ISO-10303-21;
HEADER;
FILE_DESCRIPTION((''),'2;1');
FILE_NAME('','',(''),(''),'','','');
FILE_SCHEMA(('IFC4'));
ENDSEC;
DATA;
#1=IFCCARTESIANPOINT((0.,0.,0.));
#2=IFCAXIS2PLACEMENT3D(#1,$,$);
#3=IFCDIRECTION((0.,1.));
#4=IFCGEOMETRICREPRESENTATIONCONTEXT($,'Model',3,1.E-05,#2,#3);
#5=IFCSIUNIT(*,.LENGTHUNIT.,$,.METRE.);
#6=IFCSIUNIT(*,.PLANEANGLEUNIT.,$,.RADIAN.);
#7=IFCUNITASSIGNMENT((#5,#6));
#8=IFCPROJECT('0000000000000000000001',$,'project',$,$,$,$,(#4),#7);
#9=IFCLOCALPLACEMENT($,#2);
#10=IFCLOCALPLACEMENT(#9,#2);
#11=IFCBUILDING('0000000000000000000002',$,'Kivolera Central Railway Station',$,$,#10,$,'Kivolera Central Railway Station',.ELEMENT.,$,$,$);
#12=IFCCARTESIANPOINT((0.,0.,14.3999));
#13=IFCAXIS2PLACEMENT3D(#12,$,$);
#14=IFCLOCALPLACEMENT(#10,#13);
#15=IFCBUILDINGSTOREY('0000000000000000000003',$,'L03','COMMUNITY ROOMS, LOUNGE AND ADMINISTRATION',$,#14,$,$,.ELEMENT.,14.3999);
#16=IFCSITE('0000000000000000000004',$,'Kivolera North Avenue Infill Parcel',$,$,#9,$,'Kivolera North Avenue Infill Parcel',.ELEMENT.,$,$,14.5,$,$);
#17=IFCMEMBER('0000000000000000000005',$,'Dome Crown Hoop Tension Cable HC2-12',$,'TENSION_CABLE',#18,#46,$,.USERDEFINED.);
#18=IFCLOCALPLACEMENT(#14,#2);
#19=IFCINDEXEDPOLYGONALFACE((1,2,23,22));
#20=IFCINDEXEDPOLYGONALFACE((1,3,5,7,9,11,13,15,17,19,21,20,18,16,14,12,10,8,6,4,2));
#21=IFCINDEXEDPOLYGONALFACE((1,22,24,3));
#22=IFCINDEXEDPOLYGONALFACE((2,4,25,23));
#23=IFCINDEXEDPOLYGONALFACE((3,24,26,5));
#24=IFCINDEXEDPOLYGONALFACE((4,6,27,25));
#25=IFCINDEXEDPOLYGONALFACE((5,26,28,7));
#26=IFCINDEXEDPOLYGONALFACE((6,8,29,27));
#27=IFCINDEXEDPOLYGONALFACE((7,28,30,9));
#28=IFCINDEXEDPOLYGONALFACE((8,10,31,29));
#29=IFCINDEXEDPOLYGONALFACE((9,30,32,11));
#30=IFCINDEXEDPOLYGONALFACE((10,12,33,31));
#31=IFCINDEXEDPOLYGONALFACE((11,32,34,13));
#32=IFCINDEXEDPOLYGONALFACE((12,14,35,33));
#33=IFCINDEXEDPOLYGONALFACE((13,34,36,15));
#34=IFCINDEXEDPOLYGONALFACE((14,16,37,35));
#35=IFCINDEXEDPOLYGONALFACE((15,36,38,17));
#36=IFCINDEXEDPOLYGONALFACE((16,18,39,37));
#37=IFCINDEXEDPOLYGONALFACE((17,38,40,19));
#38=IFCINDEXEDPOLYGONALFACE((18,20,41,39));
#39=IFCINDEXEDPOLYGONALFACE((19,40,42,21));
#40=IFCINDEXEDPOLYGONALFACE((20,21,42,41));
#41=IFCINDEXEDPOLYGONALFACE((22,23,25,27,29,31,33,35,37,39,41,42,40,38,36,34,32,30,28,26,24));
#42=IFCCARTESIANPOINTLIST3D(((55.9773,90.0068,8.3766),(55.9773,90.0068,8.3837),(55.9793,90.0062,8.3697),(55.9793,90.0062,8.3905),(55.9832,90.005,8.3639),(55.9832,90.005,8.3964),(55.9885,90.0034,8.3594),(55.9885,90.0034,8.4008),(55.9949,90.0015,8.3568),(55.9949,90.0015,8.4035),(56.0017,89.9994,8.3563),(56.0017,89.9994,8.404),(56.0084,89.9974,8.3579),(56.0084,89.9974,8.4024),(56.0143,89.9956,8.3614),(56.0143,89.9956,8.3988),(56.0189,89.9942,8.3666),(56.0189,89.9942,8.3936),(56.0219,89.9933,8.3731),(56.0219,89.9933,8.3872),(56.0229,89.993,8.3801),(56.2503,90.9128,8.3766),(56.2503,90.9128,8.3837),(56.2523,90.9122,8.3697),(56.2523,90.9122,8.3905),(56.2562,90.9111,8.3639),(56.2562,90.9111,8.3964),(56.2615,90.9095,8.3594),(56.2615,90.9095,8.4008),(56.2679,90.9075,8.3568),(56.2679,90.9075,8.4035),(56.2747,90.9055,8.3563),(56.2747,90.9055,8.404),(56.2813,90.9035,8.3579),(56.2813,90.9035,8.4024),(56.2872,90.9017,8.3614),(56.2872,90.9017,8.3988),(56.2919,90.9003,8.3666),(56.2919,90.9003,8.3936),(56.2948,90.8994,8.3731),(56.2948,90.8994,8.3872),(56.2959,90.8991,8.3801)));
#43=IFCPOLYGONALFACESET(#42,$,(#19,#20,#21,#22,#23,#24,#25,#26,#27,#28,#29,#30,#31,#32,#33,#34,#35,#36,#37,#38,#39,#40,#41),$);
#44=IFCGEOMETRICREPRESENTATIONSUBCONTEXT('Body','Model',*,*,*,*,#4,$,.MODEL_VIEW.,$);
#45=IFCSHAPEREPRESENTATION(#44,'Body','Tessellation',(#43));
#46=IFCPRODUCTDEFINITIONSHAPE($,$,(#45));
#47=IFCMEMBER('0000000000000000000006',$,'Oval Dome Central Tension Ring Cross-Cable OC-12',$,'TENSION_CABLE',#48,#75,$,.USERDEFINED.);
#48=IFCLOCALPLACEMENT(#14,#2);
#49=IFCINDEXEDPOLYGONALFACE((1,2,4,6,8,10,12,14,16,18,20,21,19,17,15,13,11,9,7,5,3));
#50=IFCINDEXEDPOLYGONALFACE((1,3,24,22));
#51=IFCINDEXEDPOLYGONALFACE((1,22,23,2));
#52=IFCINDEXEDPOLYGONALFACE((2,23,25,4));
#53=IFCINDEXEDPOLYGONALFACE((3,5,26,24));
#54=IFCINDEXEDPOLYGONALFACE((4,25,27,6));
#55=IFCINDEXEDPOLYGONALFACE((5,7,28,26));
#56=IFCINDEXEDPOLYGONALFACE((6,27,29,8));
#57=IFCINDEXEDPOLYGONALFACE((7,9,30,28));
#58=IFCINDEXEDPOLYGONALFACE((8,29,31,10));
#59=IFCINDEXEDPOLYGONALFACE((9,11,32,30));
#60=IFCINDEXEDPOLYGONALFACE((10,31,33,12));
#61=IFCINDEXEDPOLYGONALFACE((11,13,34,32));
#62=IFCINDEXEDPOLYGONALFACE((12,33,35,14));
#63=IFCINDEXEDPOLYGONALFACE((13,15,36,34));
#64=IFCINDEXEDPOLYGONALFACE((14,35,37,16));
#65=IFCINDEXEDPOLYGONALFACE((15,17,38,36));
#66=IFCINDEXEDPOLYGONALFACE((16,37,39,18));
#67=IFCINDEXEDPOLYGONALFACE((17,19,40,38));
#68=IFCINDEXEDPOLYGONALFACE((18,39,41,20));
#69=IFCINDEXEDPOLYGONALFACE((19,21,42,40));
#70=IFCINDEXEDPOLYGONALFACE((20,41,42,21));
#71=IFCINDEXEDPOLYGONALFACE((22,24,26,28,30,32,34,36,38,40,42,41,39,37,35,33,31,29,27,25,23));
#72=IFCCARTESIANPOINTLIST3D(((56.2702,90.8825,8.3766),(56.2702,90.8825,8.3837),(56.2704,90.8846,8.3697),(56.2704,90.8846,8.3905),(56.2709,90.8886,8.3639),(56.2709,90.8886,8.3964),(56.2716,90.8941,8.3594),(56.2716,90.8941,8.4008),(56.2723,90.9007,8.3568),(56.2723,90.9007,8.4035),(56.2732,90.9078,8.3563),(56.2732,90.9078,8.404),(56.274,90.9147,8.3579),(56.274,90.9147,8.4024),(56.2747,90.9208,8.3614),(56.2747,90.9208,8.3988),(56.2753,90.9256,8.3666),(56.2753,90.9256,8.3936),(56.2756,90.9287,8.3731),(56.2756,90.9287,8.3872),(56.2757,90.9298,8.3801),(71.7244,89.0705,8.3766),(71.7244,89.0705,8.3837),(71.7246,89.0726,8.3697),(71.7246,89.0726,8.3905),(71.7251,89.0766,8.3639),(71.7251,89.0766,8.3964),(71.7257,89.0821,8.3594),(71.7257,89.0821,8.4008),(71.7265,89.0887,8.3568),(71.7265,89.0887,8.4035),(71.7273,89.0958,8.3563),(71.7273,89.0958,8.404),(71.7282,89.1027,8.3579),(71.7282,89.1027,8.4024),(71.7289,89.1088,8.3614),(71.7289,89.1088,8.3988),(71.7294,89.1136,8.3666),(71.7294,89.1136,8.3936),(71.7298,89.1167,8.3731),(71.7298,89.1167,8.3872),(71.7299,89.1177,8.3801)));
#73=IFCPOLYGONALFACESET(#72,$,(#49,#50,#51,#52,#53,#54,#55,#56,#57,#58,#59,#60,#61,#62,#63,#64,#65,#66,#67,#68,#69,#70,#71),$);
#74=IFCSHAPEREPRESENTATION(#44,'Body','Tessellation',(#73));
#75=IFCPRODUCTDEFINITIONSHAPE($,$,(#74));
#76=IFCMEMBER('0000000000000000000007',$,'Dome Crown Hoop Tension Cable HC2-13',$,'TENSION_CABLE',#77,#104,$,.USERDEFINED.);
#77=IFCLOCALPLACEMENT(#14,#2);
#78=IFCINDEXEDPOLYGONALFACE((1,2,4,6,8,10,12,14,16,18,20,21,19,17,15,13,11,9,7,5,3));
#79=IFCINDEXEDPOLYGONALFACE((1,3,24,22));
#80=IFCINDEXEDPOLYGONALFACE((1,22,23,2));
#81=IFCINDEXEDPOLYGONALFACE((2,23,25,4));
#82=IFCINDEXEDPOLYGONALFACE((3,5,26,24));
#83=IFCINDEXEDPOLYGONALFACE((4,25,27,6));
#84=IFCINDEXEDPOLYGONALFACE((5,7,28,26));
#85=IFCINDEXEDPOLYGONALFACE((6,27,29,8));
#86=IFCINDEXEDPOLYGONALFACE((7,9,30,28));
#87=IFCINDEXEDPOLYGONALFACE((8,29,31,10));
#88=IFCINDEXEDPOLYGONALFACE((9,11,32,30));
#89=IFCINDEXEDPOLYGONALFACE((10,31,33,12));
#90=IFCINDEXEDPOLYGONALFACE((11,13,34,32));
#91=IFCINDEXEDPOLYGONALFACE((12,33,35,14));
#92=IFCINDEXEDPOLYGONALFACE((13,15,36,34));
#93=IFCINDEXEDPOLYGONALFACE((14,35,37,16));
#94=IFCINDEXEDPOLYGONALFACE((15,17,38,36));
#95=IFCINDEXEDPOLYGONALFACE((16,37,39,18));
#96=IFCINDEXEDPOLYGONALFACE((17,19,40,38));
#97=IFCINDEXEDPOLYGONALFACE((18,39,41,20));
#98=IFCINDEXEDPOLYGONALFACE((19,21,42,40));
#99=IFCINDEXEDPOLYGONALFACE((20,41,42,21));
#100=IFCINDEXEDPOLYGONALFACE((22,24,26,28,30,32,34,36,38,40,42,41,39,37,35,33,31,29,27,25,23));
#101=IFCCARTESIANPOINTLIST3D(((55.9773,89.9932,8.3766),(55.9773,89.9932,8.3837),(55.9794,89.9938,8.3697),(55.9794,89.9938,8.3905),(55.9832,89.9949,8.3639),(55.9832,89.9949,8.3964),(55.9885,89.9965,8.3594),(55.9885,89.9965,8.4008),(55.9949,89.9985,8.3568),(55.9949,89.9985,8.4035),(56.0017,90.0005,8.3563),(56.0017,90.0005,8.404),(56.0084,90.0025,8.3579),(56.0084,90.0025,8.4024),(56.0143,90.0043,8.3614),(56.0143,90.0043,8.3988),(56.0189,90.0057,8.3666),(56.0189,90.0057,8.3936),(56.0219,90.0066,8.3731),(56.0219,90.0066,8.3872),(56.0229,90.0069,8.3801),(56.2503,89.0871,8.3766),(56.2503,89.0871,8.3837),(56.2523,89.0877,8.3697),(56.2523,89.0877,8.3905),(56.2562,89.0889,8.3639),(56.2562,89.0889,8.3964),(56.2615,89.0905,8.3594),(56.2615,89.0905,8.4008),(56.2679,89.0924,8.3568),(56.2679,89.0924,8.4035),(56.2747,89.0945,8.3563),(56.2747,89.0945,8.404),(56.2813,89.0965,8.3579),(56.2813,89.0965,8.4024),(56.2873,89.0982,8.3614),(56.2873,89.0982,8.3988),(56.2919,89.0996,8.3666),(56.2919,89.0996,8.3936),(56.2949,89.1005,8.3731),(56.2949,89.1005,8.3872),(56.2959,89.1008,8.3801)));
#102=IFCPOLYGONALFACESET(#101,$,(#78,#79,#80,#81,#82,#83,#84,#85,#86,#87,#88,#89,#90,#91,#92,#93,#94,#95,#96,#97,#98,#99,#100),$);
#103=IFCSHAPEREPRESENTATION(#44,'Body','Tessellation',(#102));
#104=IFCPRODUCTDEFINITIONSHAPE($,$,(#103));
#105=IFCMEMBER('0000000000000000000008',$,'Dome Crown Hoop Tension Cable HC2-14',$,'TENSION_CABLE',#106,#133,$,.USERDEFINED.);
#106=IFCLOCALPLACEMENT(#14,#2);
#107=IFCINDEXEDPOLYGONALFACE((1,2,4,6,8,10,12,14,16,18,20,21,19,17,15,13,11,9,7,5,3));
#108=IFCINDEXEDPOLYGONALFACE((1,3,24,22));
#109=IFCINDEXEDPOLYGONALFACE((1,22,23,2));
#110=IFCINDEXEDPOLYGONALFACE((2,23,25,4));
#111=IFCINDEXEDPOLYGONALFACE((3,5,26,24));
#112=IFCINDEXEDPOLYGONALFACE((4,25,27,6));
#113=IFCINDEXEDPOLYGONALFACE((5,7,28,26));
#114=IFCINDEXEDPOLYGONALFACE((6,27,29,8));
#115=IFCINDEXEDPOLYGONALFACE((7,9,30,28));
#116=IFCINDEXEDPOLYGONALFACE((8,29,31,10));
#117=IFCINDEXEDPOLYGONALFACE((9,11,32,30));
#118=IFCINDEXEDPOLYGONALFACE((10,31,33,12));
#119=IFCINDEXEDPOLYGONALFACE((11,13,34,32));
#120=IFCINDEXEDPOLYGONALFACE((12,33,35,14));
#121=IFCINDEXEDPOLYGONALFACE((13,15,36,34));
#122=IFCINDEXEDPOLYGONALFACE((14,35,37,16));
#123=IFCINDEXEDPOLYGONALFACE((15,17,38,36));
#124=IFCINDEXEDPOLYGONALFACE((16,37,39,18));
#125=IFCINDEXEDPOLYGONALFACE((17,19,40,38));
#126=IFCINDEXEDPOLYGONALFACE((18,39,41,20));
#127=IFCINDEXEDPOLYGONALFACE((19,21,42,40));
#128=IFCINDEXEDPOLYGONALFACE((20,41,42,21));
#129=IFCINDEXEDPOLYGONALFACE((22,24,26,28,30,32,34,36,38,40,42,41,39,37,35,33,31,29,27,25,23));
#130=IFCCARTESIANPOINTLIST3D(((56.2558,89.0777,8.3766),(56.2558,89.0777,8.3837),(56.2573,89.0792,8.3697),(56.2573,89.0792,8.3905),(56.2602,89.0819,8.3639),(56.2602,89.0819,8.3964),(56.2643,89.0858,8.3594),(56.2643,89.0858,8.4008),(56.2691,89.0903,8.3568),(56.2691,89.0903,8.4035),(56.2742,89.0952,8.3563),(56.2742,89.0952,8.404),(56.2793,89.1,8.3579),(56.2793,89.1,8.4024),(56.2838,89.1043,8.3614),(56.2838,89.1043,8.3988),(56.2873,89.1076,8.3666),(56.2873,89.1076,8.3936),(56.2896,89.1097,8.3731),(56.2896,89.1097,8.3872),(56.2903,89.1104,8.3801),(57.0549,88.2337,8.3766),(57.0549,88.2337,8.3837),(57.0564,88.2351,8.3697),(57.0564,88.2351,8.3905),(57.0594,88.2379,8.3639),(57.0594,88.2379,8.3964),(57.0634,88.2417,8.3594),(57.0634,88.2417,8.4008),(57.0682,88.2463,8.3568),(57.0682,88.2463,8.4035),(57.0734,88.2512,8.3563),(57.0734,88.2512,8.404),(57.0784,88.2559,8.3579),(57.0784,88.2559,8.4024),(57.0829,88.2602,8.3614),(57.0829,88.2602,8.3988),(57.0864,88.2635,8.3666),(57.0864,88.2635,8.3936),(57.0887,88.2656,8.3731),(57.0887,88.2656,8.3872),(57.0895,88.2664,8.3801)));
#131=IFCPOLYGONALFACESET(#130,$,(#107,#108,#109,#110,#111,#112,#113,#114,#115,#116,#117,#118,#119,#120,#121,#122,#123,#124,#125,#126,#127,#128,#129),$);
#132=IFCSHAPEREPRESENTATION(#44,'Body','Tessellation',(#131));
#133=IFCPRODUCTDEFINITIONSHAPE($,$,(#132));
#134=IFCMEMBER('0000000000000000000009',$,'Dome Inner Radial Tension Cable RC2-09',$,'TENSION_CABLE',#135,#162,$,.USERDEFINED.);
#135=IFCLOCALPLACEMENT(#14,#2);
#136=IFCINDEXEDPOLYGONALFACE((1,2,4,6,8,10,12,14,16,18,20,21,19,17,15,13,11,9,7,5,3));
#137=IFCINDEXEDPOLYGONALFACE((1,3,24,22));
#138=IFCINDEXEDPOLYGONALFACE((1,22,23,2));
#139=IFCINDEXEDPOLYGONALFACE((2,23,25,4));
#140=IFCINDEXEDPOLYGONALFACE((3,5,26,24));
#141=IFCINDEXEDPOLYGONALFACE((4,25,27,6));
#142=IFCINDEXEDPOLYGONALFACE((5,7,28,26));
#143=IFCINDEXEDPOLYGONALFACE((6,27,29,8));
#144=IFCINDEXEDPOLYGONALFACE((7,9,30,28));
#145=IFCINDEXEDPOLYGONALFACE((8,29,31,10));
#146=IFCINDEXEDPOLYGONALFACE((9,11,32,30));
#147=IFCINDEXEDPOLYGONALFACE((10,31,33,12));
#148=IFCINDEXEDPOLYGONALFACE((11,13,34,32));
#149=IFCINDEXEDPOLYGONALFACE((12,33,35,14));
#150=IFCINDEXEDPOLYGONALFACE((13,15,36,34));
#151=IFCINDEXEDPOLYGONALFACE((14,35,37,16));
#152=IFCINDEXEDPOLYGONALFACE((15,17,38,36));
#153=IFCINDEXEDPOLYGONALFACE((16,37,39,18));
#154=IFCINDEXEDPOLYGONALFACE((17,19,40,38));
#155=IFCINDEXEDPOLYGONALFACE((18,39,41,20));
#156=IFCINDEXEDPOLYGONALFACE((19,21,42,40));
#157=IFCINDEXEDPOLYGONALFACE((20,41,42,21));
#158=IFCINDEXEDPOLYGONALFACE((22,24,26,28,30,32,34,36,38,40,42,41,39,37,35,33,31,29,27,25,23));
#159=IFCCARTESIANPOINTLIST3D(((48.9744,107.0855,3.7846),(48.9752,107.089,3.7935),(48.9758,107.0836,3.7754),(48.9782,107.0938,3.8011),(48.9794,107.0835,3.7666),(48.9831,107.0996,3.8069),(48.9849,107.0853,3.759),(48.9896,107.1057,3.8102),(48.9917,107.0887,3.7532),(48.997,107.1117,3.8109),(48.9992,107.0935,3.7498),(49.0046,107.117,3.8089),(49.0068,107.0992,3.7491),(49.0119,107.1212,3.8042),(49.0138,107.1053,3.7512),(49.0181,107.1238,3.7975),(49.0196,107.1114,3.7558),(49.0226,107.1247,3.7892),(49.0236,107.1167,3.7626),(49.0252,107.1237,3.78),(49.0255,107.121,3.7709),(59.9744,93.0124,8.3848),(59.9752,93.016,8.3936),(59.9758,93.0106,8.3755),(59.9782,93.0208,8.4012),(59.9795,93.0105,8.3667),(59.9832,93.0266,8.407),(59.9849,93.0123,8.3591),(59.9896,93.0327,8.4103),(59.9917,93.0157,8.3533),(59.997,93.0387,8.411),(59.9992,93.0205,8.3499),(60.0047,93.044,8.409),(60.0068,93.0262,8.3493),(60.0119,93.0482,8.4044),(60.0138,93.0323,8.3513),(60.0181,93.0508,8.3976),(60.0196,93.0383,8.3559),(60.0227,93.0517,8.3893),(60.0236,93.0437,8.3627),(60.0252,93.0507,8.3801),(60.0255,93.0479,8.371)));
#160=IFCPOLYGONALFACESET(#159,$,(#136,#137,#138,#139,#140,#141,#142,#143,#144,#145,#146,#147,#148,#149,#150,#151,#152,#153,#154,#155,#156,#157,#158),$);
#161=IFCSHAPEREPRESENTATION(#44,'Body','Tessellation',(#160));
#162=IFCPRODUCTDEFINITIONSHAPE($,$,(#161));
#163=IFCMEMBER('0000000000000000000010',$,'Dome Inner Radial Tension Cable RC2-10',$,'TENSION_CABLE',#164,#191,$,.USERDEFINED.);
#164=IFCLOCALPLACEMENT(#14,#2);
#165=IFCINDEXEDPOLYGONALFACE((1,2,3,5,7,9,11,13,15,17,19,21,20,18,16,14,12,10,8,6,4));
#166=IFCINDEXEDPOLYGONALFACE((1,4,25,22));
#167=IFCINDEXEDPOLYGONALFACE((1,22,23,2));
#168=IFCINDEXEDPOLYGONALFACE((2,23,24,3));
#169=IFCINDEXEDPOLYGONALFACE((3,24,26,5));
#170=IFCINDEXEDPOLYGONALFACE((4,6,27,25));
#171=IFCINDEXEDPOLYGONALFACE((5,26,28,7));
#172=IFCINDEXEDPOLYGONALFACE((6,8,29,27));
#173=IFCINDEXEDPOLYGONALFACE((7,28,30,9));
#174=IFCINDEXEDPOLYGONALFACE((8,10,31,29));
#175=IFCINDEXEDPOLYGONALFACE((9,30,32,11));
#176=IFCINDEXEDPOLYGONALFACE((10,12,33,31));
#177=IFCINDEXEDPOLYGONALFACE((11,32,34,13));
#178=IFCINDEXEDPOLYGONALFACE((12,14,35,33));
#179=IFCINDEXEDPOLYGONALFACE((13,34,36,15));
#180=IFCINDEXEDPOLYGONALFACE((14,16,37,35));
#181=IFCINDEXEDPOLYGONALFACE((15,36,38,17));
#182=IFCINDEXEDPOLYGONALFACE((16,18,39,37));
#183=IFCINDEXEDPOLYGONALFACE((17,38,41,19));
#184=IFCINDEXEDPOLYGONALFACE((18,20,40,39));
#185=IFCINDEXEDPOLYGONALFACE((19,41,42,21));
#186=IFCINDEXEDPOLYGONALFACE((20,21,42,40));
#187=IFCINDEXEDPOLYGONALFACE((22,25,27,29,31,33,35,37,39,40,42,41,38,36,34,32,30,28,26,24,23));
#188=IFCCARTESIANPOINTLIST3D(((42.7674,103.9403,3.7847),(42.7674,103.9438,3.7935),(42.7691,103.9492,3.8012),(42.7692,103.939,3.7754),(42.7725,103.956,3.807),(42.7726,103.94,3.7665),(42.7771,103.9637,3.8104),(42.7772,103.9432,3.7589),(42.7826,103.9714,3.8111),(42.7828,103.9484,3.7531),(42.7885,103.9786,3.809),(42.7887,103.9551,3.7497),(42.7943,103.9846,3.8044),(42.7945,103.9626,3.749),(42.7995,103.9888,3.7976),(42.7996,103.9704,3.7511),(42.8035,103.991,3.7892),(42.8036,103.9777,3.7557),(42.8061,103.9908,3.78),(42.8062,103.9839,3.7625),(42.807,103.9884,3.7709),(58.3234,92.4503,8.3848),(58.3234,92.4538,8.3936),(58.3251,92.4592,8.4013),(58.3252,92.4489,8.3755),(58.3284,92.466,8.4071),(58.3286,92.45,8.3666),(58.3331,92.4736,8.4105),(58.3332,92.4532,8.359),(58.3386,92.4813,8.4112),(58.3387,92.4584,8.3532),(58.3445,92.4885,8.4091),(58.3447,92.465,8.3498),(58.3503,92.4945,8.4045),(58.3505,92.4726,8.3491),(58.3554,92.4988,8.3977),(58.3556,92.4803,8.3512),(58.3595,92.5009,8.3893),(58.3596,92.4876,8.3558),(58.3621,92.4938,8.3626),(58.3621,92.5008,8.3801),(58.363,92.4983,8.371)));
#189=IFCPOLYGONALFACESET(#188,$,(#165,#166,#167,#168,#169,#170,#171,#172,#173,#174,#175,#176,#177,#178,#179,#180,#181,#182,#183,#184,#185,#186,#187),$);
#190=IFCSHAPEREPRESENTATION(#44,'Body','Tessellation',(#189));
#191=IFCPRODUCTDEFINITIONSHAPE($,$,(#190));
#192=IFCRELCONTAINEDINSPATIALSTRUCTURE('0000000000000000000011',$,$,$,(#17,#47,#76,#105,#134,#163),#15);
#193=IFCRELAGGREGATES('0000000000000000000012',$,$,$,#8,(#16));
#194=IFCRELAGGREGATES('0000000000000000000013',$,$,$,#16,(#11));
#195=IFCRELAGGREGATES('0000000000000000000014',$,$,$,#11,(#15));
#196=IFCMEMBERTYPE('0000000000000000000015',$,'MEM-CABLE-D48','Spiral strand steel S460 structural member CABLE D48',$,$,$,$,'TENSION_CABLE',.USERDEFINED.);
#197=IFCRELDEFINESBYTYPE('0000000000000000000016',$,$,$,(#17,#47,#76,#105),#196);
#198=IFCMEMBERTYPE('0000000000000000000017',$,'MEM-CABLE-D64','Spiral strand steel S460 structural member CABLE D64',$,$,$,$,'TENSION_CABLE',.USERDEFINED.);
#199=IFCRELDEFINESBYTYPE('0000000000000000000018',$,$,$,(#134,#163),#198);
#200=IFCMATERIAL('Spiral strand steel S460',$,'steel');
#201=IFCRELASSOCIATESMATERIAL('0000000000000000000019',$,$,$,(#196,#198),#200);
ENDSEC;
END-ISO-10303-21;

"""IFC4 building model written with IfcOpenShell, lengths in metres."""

from ifc_helpers import new_model, si_unit, direction, frame, origin, origin_2d, place, context, subcontext, project, spatial, circle, extrude, material, material_profile, profile_set, type_object, element, save


model = new_model("IFC4")

# Units and contexts
model_context = context("Model", 3, precision=1e-05, world=origin(), true_north=direction((0.0, 1.0)))
body_context = subcontext(model_context, "Body", "Model", "MODEL_VIEW")
ifc_project = project(units=[si_unit("LENGTHUNIT", "METRE"), si_unit("PLANEANGLEUNIT", "RADIAN")], contexts=[model_context])

# Site, building, storey
site_placement = place(None, origin())
site = spatial("IfcSite", under=ifc_project, at=site_placement, Name="Kivolera North Avenue Infill Parcel", LongName="Kivolera North Avenue Infill Parcel", CompositionType="ELEMENT", RefElevation=14.5)
building_placement = place(site_placement, origin())
building = spatial("IfcBuilding", under=site, at=building_placement, Name="Kivolera Central Railway Station", LongName="Kivolera Central Railway Station", CompositionType="ELEMENT")
storey_placement = place(building_placement, frame((0.0, 0.0, 14.3999)))
storey = spatial("IfcBuildingStorey", under=building, at=storey_placement, Name="L03", Description="COMMUNITY ROOMS, LOUNGE AND ADMINISTRATION", CompositionType="ELEMENT", Elevation=14.3999)

# Members
ifc_material_1 = material(Name="Spiral strand steel S460", Category="steel")
ifc_material_profile_1 = material_profile(ifc_material_1, circle(Radius=0.0239, at=origin_2d()), Name="CABLE D48")
ifc_profile_set_1 = profile_set([ifc_material_profile_1], Name="Spiral strand steel S460")
member_type_1 = type_object("IfcMemberType", Name="MEM-CABLE-D48", Description="Spiral strand steel S460 structural member CABLE D48", ElementType="TENSION_CABLE", PredefinedType="USERDEFINED", material=ifc_profile_set_1)
member_1_placement = place(storey_placement, frame((56.2729, 90.906, 8.3801), z_axis=(-0.28846, -0.957492, 0.0), x_axis=(0.957492, -0.28846, 0.0)))
element("IfcMember", 1, at=member_1_placement, inside=storey, type_object=member_type_1, Name="Dome Crown Hoop Tension Cable HC2-12", ObjectType="TENSION_CABLE", PredefinedType="USERDEFINED", context=body_context, shape_type="SweptSolid", body=[
    extrude(circle(Radius=0.0239, at=origin_2d()), origin(), (0.0, 0.0, 1.0), 0.9463),
])
member_2_placement = place(storey_placement, frame((56.2729, 90.906, 8.3801), z_axis=(0.993196, -0.116453, 0.0), x_axis=(0.116453, 0.993196, 0.0)))
element("IfcMember", 2, at=member_2_placement, inside=storey, type_object=member_type_1, Name="Oval Dome Central Tension Ring Cross-Cable OC-12", ObjectType="TENSION_CABLE", PredefinedType="USERDEFINED", context=body_context, shape_type="SweptSolid", body=[
    extrude(circle(Radius=0.0239, at=origin_2d()), origin(), (0.0, 0.0, 1.0), 15.5601),
])
member_3_placement = place(storey_placement, frame((56.0, 90.0, 8.3801), z_axis=(0.28846, -0.957492, 0.0), x_axis=(0.957492, 0.28846, 0.0)))
element("IfcMember", 3, at=member_3_placement, inside=storey, type_object=member_type_1, Name="Dome Crown Hoop Tension Cable HC2-13", ObjectType="TENSION_CABLE", PredefinedType="USERDEFINED", context=body_context, shape_type="SweptSolid", body=[
    extrude(circle(Radius=0.0239, at=origin_2d()), origin(), (0.0, 0.0, 1.0), 0.9463),
])
member_4_placement = place(storey_placement, frame((56.2729, 89.094, 8.3801), z_axis=(0.687517, -0.726168, 0.0), x_axis=(0.726168, 0.687517, 0.0)))
element("IfcMember", 4, at=member_4_placement, inside=storey, type_object=member_type_1, Name="Dome Crown Hoop Tension Cable HC2-14", ObjectType="TENSION_CABLE", PredefinedType="USERDEFINED", context=body_context, shape_type="SweptSolid", body=[
    extrude(circle(Radius=0.0239, at=origin_2d()), origin(), (0.0, 0.0, 1.0), 1.1624),
])
ifc_material_profile_2 = material_profile(ifc_material_1, circle(Radius=0.032, at=origin_2d()), Name="CABLE D64")
ifc_profile_set_2 = profile_set([ifc_material_profile_2], Name="Spiral strand steel S460")
member_type_2 = type_object("IfcMemberType", Name="MEM-CABLE-D64", Description="Spiral strand steel S460 structural member CABLE D64", ElementType="TENSION_CABLE", PredefinedType="USERDEFINED", material=ifc_profile_set_2)
member_5_placement = place(storey_placement, frame((49.0, 107.104, 3.78), z_axis=(0.596374, -0.76298, 0.249398), x_axis=(0.787876, 0.615834, 0.0)))
element("IfcMember", 5, at=member_5_placement, inside=storey, type_object=member_type_2, Name="Dome Inner Radial Tension Cable RC2-09", ObjectType="TENSION_CABLE", PredefinedType="USERDEFINED", context=body_context, shape_type="SweptSolid", body=[
    extrude(circle(Radius=0.032, at=origin_2d()), origin(), (0.0, 0.0, 1.0), 18.4448),
])
member_6_placement = place(storey_placement, frame((42.7871, 103.9651, 3.78), z_axis=(0.782537, -0.578002, 0.231407), x_axis=(0.594128, 0.80437, 0.0)))
element("IfcMember", 6, at=member_6_placement, inside=storey, type_object=member_type_2, Name="Dome Inner Radial Tension Cable RC2-10", ObjectType="TENSION_CABLE", PredefinedType="USERDEFINED", context=body_context, shape_type="SweptSolid", body=[
    extrude(circle(Radius=0.032, at=origin_2d()), origin(), (0.0, 0.0, 1.0), 19.8789),
])

save(model, "model.ifc")
